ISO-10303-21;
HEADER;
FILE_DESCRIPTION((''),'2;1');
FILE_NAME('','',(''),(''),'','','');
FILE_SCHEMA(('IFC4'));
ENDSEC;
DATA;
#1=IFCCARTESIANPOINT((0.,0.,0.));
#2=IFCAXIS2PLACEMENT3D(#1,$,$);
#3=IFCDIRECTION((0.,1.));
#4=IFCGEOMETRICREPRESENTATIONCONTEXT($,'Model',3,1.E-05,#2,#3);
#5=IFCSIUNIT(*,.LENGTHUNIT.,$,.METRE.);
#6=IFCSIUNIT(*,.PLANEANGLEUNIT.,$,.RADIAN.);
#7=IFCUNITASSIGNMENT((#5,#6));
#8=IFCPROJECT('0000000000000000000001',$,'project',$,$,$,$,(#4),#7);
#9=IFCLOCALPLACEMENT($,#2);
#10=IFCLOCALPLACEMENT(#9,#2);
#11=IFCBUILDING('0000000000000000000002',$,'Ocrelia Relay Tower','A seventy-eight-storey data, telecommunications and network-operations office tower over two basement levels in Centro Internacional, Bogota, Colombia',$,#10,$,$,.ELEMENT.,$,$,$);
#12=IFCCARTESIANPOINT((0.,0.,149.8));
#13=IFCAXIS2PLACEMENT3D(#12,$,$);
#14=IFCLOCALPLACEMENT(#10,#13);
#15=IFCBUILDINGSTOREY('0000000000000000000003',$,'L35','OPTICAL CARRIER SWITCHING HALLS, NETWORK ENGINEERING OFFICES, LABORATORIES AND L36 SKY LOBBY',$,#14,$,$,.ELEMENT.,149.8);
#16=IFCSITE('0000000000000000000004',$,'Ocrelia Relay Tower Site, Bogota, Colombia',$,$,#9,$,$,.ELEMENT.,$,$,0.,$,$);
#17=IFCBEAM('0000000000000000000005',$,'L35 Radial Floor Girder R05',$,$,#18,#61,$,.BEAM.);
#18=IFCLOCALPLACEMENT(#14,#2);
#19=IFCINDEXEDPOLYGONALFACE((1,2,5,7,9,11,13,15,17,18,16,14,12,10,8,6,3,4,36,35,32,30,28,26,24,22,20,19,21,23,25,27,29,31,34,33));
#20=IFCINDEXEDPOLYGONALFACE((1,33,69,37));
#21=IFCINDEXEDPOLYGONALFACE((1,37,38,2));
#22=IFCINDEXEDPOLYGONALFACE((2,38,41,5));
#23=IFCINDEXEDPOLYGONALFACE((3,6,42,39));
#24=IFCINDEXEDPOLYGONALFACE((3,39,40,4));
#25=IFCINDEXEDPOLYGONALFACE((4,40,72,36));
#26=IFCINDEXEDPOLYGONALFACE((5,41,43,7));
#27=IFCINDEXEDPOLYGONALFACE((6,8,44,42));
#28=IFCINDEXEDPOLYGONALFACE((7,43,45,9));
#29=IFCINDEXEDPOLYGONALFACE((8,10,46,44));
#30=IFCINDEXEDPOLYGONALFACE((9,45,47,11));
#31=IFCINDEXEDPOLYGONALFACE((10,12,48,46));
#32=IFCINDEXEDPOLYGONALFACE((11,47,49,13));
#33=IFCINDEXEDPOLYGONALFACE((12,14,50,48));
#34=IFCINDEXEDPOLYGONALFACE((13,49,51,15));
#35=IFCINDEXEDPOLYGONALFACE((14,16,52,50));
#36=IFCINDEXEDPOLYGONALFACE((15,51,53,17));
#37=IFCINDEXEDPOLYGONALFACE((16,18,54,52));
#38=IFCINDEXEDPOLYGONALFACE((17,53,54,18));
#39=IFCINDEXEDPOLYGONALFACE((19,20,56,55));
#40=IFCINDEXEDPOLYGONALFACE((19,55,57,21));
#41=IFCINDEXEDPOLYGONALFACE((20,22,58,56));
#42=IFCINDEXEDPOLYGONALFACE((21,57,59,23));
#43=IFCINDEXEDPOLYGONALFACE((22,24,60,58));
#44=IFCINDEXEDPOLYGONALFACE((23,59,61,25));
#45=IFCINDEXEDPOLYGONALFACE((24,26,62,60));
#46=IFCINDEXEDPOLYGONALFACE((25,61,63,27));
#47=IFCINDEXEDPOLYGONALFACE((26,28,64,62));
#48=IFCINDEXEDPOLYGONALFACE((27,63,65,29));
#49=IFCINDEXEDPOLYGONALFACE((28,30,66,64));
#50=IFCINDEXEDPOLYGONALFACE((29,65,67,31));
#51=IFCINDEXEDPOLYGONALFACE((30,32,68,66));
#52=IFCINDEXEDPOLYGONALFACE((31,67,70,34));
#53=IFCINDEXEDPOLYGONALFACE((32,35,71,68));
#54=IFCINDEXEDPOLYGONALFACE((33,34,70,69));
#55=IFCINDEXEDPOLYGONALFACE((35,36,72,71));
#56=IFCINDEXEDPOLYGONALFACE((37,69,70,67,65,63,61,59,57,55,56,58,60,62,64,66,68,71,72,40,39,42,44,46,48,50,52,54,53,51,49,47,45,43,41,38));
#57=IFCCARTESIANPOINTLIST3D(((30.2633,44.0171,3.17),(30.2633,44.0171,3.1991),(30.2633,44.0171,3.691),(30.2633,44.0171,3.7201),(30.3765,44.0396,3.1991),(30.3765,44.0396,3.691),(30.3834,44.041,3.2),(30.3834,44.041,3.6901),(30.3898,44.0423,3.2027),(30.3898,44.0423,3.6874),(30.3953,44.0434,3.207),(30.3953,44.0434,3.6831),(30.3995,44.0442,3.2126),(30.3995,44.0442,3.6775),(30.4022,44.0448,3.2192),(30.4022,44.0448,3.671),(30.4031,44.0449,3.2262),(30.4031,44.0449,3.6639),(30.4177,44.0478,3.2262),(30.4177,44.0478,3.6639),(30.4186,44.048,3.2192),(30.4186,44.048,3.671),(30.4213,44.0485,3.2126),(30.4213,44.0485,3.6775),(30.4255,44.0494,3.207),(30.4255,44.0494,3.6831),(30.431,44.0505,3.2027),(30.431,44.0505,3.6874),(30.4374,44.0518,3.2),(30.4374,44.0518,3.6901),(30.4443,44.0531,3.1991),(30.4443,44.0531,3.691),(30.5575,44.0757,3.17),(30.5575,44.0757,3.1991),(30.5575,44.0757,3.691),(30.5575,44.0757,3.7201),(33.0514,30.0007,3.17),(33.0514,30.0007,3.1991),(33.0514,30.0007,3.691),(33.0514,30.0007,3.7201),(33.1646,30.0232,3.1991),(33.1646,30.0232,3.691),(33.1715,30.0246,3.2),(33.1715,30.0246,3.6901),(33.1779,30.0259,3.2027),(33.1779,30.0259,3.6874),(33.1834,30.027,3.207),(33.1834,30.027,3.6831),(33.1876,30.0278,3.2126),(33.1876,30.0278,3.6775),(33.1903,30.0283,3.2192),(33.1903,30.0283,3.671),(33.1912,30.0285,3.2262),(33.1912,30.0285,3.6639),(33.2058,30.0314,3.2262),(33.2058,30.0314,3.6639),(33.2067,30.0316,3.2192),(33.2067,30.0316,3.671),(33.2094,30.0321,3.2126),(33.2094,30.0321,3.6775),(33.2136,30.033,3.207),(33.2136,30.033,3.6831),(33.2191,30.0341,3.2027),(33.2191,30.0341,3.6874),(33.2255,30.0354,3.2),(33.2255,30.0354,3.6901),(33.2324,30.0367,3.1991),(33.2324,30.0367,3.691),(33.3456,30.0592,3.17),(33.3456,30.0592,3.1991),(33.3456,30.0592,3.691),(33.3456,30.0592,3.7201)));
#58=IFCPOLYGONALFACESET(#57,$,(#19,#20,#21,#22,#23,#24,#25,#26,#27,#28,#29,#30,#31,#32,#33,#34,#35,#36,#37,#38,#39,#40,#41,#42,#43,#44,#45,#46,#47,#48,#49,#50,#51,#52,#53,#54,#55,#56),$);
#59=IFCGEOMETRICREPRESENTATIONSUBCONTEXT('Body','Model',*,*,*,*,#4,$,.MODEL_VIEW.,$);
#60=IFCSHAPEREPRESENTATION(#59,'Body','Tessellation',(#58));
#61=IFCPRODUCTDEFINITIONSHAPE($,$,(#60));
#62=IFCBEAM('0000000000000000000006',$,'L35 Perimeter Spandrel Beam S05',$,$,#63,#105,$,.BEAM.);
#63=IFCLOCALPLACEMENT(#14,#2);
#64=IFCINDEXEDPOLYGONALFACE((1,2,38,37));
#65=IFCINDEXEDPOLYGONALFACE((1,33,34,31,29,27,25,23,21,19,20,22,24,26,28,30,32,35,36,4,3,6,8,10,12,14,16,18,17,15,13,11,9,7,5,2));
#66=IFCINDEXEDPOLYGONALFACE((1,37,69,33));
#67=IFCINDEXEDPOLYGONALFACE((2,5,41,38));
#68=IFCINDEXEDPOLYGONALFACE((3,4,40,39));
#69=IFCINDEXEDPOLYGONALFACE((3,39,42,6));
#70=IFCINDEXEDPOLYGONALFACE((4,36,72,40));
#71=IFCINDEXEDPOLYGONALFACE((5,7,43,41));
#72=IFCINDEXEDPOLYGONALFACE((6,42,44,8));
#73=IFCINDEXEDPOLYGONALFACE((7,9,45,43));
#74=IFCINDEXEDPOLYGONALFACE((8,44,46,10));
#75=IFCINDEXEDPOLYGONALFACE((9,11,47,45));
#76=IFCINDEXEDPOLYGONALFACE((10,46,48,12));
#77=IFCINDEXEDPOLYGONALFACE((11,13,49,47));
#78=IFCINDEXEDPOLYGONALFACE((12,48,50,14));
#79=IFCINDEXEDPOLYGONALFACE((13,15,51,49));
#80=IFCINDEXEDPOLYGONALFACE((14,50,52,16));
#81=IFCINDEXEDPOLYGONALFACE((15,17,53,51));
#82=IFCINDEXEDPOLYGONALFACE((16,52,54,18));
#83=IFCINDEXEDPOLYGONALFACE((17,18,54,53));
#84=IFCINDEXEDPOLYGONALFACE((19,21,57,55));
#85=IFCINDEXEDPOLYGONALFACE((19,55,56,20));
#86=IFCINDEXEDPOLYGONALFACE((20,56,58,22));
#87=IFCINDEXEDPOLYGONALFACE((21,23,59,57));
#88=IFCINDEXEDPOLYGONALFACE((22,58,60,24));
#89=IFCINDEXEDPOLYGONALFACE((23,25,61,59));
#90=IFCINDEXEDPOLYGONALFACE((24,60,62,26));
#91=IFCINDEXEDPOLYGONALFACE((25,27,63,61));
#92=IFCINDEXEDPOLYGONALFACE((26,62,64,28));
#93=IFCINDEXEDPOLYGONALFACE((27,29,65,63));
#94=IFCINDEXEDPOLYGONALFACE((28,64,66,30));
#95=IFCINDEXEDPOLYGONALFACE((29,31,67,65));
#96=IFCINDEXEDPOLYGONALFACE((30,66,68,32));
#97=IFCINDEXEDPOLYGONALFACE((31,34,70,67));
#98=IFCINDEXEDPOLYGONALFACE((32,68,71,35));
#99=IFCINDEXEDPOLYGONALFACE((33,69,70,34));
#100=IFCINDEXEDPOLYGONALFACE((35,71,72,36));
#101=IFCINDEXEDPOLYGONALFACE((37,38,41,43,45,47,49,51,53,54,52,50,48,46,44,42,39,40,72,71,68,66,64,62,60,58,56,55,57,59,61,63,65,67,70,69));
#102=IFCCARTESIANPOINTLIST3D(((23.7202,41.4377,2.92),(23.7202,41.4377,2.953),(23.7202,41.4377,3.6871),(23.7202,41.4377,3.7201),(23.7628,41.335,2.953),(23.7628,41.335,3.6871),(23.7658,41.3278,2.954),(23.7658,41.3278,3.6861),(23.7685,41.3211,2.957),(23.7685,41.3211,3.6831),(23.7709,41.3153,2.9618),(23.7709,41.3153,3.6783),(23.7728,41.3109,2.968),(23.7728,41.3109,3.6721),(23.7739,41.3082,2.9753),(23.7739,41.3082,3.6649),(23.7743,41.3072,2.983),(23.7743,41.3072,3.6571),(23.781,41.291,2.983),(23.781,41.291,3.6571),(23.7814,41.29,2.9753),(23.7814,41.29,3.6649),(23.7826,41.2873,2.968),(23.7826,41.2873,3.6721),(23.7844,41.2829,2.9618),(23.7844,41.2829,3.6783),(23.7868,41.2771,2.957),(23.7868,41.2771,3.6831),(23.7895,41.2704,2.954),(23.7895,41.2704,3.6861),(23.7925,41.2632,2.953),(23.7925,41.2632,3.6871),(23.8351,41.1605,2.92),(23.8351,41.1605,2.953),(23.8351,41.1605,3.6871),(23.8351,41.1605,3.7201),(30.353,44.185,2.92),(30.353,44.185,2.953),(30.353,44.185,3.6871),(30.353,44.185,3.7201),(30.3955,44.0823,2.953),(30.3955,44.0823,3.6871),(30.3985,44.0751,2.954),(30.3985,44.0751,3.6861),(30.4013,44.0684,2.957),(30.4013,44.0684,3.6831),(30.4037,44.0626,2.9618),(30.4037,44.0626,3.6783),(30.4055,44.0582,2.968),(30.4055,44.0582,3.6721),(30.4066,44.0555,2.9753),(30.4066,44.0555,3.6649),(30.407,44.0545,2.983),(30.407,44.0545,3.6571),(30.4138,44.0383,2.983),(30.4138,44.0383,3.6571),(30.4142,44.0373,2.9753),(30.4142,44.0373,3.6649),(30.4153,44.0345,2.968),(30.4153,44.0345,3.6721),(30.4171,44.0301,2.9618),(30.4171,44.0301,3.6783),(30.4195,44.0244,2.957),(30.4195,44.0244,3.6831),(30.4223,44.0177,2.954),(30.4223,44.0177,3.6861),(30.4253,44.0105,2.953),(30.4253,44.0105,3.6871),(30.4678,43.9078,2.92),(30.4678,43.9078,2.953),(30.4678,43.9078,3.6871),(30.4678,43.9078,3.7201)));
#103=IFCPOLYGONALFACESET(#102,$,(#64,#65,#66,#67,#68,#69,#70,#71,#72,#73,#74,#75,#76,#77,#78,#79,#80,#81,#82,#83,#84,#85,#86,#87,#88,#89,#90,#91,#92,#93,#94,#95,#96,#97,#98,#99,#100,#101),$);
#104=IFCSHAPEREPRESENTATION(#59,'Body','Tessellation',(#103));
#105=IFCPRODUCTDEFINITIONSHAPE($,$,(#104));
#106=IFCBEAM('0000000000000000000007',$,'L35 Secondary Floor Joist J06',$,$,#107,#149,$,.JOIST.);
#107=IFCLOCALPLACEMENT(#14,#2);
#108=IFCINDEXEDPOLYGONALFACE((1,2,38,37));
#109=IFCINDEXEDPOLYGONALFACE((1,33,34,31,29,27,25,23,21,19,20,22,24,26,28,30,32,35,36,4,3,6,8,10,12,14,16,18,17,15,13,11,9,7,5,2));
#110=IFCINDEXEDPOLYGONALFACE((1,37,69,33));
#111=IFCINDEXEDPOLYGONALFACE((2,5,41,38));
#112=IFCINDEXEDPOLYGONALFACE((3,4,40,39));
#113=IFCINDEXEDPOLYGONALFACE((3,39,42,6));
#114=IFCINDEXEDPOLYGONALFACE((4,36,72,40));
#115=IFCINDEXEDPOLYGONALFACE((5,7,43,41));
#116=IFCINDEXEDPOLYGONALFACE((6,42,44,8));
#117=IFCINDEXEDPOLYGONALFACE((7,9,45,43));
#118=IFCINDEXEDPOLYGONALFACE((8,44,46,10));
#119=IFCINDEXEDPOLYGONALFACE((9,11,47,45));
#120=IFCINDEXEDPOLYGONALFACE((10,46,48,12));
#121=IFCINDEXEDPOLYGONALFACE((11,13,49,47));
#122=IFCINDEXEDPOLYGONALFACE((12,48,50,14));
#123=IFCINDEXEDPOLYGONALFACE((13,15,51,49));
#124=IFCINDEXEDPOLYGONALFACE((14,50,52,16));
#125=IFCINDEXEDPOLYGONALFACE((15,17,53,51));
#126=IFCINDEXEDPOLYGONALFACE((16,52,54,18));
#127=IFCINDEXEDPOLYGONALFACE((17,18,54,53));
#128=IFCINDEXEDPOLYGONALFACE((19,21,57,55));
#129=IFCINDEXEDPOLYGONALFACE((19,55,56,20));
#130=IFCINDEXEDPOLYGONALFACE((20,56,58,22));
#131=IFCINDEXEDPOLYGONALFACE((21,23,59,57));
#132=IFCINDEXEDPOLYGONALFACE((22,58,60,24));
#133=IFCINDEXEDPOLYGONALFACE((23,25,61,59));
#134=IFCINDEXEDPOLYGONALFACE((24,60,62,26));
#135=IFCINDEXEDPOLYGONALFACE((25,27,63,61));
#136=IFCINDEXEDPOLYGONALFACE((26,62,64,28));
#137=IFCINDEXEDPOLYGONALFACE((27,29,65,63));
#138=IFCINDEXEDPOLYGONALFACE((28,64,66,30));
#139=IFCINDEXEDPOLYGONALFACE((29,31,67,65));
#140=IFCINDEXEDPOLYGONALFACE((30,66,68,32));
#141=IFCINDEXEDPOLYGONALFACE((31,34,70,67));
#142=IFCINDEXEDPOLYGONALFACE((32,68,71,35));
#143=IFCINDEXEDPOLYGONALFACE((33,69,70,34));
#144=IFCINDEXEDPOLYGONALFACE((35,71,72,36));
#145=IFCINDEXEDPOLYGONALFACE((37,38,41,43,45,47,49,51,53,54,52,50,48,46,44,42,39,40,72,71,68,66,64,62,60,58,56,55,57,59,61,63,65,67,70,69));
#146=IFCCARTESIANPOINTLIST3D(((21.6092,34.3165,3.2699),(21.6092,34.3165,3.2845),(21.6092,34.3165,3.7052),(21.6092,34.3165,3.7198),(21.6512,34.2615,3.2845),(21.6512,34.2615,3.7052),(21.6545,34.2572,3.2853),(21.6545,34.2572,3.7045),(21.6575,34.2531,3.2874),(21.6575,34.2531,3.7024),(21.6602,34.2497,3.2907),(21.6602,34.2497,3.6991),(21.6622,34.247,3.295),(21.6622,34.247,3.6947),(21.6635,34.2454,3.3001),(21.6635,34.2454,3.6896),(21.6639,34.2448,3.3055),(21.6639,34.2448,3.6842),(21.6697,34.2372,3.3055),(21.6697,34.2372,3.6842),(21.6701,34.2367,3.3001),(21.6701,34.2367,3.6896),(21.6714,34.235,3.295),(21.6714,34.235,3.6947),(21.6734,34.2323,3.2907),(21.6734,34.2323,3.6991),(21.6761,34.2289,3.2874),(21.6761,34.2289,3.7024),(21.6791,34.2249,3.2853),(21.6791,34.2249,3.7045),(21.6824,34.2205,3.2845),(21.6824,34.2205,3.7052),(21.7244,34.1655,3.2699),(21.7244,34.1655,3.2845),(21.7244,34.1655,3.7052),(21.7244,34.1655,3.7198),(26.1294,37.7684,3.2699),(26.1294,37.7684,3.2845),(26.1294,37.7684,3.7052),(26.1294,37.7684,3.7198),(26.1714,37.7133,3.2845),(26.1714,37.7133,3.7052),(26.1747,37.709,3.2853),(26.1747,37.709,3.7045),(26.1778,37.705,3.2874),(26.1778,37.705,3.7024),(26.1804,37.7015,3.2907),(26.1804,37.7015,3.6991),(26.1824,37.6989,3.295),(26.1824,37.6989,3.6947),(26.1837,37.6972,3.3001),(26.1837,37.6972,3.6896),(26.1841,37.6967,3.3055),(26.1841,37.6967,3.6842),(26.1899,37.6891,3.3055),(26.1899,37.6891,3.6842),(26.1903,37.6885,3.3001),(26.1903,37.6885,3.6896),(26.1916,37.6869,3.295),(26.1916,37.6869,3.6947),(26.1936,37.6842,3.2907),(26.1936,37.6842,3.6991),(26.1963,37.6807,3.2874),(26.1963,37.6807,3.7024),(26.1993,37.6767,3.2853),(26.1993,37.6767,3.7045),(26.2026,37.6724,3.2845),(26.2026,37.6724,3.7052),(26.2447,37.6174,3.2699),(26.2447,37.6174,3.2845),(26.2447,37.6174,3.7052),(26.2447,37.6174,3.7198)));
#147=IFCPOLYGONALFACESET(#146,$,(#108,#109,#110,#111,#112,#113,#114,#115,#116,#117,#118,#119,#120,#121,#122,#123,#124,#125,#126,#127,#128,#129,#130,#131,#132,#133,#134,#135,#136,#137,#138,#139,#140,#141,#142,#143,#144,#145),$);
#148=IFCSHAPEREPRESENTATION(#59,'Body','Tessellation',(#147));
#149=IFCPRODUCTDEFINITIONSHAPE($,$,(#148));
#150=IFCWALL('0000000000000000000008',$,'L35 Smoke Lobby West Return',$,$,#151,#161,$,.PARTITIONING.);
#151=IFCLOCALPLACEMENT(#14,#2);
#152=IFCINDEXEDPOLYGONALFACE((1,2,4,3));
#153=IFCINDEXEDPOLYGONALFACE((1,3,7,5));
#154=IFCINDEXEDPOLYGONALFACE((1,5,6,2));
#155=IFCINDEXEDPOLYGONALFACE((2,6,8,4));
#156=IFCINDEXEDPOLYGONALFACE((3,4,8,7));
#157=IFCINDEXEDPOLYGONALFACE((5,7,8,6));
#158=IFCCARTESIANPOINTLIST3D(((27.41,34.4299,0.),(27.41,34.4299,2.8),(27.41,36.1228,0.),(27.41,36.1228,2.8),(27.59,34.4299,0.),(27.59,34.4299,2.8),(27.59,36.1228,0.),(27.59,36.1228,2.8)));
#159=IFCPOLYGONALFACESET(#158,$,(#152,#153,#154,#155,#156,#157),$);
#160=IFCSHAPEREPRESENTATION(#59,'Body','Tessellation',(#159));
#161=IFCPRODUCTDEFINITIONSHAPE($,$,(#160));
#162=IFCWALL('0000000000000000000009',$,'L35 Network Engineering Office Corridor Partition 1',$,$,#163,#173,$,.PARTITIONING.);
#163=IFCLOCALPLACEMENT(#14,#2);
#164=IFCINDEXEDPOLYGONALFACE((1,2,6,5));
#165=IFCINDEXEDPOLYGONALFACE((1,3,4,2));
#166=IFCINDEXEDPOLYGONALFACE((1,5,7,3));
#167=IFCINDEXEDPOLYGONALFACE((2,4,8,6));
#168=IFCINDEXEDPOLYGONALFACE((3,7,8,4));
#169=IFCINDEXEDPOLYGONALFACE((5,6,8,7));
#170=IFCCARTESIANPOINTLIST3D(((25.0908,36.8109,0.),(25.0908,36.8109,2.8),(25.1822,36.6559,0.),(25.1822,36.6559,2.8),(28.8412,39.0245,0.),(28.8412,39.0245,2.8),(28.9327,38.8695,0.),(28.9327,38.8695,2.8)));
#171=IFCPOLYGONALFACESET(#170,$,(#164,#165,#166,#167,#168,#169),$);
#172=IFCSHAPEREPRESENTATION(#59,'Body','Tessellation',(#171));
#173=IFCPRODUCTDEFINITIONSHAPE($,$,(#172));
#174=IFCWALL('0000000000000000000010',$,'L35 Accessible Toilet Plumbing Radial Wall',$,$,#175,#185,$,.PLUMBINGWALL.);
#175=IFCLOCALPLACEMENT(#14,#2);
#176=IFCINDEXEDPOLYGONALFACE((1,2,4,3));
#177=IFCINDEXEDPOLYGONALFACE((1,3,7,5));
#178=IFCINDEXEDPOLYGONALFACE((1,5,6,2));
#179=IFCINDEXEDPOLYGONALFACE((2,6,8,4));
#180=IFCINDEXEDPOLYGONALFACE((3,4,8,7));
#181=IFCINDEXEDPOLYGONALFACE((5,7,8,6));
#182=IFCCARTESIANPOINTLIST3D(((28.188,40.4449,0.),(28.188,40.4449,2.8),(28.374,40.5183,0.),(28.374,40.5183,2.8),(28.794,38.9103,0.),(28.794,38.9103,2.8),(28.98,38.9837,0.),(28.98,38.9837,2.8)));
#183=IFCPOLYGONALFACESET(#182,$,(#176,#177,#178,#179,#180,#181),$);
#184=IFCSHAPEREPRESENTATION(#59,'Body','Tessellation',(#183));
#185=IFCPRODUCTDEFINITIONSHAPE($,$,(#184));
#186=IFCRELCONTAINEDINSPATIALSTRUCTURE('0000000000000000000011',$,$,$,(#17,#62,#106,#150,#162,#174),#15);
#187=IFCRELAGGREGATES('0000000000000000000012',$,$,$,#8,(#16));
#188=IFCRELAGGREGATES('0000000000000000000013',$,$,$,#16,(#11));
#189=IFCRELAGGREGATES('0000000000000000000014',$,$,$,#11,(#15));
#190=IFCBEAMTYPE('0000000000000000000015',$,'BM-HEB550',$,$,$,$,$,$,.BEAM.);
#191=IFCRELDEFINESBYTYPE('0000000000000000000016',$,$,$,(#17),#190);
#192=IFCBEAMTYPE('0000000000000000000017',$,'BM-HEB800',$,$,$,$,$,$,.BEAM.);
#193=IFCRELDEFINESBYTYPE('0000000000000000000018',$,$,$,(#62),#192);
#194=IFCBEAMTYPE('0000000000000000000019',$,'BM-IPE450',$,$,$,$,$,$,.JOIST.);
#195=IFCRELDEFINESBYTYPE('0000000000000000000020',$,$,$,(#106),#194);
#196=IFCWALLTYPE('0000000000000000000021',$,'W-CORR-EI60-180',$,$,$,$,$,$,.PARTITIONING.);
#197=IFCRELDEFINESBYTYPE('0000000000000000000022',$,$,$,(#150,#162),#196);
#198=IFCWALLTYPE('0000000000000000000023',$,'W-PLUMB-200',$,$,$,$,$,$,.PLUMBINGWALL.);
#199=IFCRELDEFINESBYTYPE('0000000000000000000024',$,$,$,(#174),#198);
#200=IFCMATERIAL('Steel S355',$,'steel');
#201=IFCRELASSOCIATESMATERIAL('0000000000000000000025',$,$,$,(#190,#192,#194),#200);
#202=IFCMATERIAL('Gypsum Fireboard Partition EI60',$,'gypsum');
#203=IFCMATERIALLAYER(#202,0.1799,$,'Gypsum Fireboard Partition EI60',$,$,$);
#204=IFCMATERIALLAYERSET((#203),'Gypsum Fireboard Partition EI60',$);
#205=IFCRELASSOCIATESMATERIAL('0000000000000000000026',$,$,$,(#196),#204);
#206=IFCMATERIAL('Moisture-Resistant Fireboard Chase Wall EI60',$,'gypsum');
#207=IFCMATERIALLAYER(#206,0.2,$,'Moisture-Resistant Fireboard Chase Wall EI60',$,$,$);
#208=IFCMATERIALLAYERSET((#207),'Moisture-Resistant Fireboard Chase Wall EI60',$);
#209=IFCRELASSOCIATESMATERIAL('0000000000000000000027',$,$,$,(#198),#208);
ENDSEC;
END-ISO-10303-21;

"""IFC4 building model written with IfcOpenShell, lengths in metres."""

from ifc_helpers import new_model, si_unit, direction, frame, frame_2d, origin, origin_2d, place, context, subcontext, project, spatial, rectangle, i_section, extrude, material, layer, layer_set, material_profile, profile_set, type_object, element, save


model = new_model("IFC4")

# Units and contexts
model_context = context("Model", 3, precision=1e-05, world=origin(), true_north=direction((0.0, 1.0)))
body_context = subcontext(model_context, "Body", "Model", "MODEL_VIEW")
ifc_project = project(units=[si_unit("LENGTHUNIT", "METRE"), si_unit("PLANEANGLEUNIT", "RADIAN")], contexts=[model_context])

# Site, building, storey
site_placement = place(None, origin())
site = spatial("IfcSite", under=ifc_project, at=site_placement, Name="Ocrelia Relay Tower Site, Bogota, Colombia", CompositionType="ELEMENT", RefElevation=0.0)
building_placement = place(site_placement, origin())
building = spatial("IfcBuilding", under=site, at=building_placement, Name="Ocrelia Relay Tower", Description="A seventy-eight-storey data, telecommunications and network-operations office tower over two basement levels in Centro Internacional, Bogota, Colombia", CompositionType="ELEMENT")
storey_placement = place(building_placement, frame((0.0, 0.0, 149.8)))
storey = spatial("IfcBuildingStorey", under=building, at=storey_placement, Name="L35", Description="OPTICAL CARRIER SWITCHING HALLS, NETWORK ENGINEERING OFFICES, LABORATORIES AND L36 SKY LOBBY", CompositionType="ELEMENT", Elevation=149.8)

# Beams
ifc_material_1 = material(Name="Steel S355", Category="steel")
ifc_material_profile_1 = material_profile(ifc_material_1, i_section(OverallWidth=0.3, OverallDepth=0.55, WebThickness=0.0149, FlangeThickness=0.0291, FilletRadius=0.0271, at=origin_2d()), Name="HEB 550")
ifc_profile_set_1 = profile_set([ifc_material_profile_1], Name="Steel S355")
beam_type_1 = type_object("IfcBeamType", Name="BM-HEB550", PredefinedType="BEAM", material=ifc_profile_set_1)
beam_1_placement = place(storey_placement, frame((30.4104, 44.0464, 3.4451), z_axis=(0.195094, -0.980784, 0.0), x_axis=(0.980784, 0.195094, 0.0)))
element("IfcBeam", 1, at=beam_1_placement, inside=storey, type_object=beam_type_1, Name="L35 Radial Floor Girder R05", PredefinedType="BEAM", context=body_context, shape_type="SweptSolid", body=[
    extrude(i_section(OverallWidth=0.3, OverallDepth=0.55, WebThickness=0.0149, FlangeThickness=0.0291, FilletRadius=0.0271, at=origin_2d()), origin(), (0.0, 0.0, 1.0), 14.291),
])
ifc_material_profile_2 = material_profile(ifc_material_1, i_section(OverallWidth=0.3, OverallDepth=0.8, WebThickness=0.0176, FlangeThickness=0.033, FilletRadius=0.03, at=origin_2d()), Name="HEB 800")
ifc_profile_set_2 = profile_set([ifc_material_profile_2], Name="Steel S355")
beam_type_2 = type_object("IfcBeamType", Name="BM-HEB800", PredefinedType="BEAM", material=ifc_profile_set_2)
beam_2_placement = place(storey_placement, frame((30.4104, 44.0464, 3.3201), z_axis=(-0.923884, -0.382673, 0.0), x_axis=(0.382673, -0.923884, 0.0)))
element("IfcBeam", 2, at=beam_2_placement, inside=storey, type_object=beam_type_2, Name="L35 Perimeter Spandrel Beam S05", PredefinedType="BEAM", context=body_context, shape_type="SweptSolid", body=[
    extrude(i_section(OverallWidth=0.3, OverallDepth=0.8, WebThickness=0.0176, FlangeThickness=0.033, FilletRadius=0.03, at=origin_2d()), origin(), (0.0, 0.0, 1.0), 7.1792),
])
ifc_material_profile_3 = material_profile(ifc_material_1, i_section(OverallWidth=0.1899, OverallDepth=0.45, WebThickness=0.0095, FlangeThickness=0.0146, FilletRadius=0.021, at=origin_2d()), Name="IPE 450")
ifc_profile_set_3 = profile_set([ifc_material_profile_3], Name="Steel S355")
beam_type_3 = type_object("IfcBeamType", Name="BM-IPE450", PredefinedType="JOIST", material=ifc_profile_set_3)
beam_3_placement = place(storey_placement, frame((26.187, 37.6929, 3.4949), z_axis=(-0.794762, -0.606921, 0.0), x_axis=(0.606921, -0.794762, 0.0)))
element("IfcBeam", 3, at=beam_3_placement, inside=storey, type_object=beam_type_3, Name="L35 Secondary Floor Joist J06", PredefinedType="JOIST", context=body_context, shape_type="SweptSolid", body=[
    extrude(i_section(OverallWidth=0.1899, OverallDepth=0.45, WebThickness=0.0095, FlangeThickness=0.0146, FilletRadius=0.021, at=origin_2d()), origin(), (0.0, 0.0, 1.0), 5.6875),
])

# Wall
ifc_material_2 = material(Name="Gypsum Fireboard Partition EI60", Category="gypsum")
ifc_layer_1 = layer(ifc_material_2, 0.1799, Name="Gypsum Fireboard Partition EI60")
ifc_layer_set_1 = layer_set([ifc_layer_1], Name="Gypsum Fireboard Partition EI60")
wall_type_1 = type_object("IfcWallType", Name="W-CORR-EI60-180", PredefinedType="PARTITIONING", material=ifc_layer_set_1)
wall_1_placement = place(storey_placement, frame((27.5, 34.4299, 0.0), z_axis=(0.0, 0.0, 1.0), x_axis=(0.0, 1.0, 0.0)))
element("IfcWall", 4, at=wall_1_placement, inside=storey, type_object=wall_type_1, Name="L35 Smoke Lobby West Return", PredefinedType="PARTITIONING", context=body_context, shape_type="SweptSolid", body=[
    extrude(rectangle(XDim=1.6929, YDim=0.1799, at=frame_2d((0.8464, 0.0))), origin(), (0.0, 0.0, 1.0), 2.8),
])

# Wall
wall_2_placement = place(storey_placement, frame((28.887, 38.947, 0.0), z_axis=(0.0, 0.0, 1.0), x_axis=(-0.861185, -0.508291, 0.0)))
element("IfcWall", 5, at=wall_2_placement, inside=storey, type_object=wall_type_1, Name="L35 Network Engineering Office Corridor Partition 1", PredefinedType="PARTITIONING", context=body_context, shape_type="SweptSolid", body=[
    extrude(rectangle(XDim=4.355, YDim=0.1799, at=frame_2d((2.1775, 0.0))), origin(), (0.0, 0.0, 1.0), 2.8),
])

# Wall
ifc_material_3 = material(Name="Moisture-Resistant Fireboard Chase Wall EI60", Category="gypsum")
ifc_layer_2 = layer(ifc_material_3, 0.2, Name="Moisture-Resistant Fireboard Chase Wall EI60")
ifc_layer_set_2 = layer_set([ifc_layer_2], Name="Moisture-Resistant Fireboard Chase Wall EI60")
wall_type_2 = type_object("IfcWallType", Name="W-PLUMB-200", PredefinedType="PLUMBINGWALL", material=ifc_layer_set_2)
wall_3_placement = place(storey_placement, frame((28.887, 38.947, 0.0), z_axis=(0.0, 0.0, 1.0), x_axis=(-0.367254, 0.930121, 0.0)))
element("IfcWall", 6, at=wall_3_placement, inside=storey, type_object=wall_type_2, Name="L35 Accessible Toilet Plumbing Radial Wall", PredefinedType="PLUMBINGWALL", context=body_context, shape_type="SweptSolid", body=[
    extrude(rectangle(XDim=1.6499, YDim=0.2, at=frame_2d((0.825, 0.0))), origin(), (0.0, 0.0, 1.0), 2.8),
])

save(model, "model.ifc")
